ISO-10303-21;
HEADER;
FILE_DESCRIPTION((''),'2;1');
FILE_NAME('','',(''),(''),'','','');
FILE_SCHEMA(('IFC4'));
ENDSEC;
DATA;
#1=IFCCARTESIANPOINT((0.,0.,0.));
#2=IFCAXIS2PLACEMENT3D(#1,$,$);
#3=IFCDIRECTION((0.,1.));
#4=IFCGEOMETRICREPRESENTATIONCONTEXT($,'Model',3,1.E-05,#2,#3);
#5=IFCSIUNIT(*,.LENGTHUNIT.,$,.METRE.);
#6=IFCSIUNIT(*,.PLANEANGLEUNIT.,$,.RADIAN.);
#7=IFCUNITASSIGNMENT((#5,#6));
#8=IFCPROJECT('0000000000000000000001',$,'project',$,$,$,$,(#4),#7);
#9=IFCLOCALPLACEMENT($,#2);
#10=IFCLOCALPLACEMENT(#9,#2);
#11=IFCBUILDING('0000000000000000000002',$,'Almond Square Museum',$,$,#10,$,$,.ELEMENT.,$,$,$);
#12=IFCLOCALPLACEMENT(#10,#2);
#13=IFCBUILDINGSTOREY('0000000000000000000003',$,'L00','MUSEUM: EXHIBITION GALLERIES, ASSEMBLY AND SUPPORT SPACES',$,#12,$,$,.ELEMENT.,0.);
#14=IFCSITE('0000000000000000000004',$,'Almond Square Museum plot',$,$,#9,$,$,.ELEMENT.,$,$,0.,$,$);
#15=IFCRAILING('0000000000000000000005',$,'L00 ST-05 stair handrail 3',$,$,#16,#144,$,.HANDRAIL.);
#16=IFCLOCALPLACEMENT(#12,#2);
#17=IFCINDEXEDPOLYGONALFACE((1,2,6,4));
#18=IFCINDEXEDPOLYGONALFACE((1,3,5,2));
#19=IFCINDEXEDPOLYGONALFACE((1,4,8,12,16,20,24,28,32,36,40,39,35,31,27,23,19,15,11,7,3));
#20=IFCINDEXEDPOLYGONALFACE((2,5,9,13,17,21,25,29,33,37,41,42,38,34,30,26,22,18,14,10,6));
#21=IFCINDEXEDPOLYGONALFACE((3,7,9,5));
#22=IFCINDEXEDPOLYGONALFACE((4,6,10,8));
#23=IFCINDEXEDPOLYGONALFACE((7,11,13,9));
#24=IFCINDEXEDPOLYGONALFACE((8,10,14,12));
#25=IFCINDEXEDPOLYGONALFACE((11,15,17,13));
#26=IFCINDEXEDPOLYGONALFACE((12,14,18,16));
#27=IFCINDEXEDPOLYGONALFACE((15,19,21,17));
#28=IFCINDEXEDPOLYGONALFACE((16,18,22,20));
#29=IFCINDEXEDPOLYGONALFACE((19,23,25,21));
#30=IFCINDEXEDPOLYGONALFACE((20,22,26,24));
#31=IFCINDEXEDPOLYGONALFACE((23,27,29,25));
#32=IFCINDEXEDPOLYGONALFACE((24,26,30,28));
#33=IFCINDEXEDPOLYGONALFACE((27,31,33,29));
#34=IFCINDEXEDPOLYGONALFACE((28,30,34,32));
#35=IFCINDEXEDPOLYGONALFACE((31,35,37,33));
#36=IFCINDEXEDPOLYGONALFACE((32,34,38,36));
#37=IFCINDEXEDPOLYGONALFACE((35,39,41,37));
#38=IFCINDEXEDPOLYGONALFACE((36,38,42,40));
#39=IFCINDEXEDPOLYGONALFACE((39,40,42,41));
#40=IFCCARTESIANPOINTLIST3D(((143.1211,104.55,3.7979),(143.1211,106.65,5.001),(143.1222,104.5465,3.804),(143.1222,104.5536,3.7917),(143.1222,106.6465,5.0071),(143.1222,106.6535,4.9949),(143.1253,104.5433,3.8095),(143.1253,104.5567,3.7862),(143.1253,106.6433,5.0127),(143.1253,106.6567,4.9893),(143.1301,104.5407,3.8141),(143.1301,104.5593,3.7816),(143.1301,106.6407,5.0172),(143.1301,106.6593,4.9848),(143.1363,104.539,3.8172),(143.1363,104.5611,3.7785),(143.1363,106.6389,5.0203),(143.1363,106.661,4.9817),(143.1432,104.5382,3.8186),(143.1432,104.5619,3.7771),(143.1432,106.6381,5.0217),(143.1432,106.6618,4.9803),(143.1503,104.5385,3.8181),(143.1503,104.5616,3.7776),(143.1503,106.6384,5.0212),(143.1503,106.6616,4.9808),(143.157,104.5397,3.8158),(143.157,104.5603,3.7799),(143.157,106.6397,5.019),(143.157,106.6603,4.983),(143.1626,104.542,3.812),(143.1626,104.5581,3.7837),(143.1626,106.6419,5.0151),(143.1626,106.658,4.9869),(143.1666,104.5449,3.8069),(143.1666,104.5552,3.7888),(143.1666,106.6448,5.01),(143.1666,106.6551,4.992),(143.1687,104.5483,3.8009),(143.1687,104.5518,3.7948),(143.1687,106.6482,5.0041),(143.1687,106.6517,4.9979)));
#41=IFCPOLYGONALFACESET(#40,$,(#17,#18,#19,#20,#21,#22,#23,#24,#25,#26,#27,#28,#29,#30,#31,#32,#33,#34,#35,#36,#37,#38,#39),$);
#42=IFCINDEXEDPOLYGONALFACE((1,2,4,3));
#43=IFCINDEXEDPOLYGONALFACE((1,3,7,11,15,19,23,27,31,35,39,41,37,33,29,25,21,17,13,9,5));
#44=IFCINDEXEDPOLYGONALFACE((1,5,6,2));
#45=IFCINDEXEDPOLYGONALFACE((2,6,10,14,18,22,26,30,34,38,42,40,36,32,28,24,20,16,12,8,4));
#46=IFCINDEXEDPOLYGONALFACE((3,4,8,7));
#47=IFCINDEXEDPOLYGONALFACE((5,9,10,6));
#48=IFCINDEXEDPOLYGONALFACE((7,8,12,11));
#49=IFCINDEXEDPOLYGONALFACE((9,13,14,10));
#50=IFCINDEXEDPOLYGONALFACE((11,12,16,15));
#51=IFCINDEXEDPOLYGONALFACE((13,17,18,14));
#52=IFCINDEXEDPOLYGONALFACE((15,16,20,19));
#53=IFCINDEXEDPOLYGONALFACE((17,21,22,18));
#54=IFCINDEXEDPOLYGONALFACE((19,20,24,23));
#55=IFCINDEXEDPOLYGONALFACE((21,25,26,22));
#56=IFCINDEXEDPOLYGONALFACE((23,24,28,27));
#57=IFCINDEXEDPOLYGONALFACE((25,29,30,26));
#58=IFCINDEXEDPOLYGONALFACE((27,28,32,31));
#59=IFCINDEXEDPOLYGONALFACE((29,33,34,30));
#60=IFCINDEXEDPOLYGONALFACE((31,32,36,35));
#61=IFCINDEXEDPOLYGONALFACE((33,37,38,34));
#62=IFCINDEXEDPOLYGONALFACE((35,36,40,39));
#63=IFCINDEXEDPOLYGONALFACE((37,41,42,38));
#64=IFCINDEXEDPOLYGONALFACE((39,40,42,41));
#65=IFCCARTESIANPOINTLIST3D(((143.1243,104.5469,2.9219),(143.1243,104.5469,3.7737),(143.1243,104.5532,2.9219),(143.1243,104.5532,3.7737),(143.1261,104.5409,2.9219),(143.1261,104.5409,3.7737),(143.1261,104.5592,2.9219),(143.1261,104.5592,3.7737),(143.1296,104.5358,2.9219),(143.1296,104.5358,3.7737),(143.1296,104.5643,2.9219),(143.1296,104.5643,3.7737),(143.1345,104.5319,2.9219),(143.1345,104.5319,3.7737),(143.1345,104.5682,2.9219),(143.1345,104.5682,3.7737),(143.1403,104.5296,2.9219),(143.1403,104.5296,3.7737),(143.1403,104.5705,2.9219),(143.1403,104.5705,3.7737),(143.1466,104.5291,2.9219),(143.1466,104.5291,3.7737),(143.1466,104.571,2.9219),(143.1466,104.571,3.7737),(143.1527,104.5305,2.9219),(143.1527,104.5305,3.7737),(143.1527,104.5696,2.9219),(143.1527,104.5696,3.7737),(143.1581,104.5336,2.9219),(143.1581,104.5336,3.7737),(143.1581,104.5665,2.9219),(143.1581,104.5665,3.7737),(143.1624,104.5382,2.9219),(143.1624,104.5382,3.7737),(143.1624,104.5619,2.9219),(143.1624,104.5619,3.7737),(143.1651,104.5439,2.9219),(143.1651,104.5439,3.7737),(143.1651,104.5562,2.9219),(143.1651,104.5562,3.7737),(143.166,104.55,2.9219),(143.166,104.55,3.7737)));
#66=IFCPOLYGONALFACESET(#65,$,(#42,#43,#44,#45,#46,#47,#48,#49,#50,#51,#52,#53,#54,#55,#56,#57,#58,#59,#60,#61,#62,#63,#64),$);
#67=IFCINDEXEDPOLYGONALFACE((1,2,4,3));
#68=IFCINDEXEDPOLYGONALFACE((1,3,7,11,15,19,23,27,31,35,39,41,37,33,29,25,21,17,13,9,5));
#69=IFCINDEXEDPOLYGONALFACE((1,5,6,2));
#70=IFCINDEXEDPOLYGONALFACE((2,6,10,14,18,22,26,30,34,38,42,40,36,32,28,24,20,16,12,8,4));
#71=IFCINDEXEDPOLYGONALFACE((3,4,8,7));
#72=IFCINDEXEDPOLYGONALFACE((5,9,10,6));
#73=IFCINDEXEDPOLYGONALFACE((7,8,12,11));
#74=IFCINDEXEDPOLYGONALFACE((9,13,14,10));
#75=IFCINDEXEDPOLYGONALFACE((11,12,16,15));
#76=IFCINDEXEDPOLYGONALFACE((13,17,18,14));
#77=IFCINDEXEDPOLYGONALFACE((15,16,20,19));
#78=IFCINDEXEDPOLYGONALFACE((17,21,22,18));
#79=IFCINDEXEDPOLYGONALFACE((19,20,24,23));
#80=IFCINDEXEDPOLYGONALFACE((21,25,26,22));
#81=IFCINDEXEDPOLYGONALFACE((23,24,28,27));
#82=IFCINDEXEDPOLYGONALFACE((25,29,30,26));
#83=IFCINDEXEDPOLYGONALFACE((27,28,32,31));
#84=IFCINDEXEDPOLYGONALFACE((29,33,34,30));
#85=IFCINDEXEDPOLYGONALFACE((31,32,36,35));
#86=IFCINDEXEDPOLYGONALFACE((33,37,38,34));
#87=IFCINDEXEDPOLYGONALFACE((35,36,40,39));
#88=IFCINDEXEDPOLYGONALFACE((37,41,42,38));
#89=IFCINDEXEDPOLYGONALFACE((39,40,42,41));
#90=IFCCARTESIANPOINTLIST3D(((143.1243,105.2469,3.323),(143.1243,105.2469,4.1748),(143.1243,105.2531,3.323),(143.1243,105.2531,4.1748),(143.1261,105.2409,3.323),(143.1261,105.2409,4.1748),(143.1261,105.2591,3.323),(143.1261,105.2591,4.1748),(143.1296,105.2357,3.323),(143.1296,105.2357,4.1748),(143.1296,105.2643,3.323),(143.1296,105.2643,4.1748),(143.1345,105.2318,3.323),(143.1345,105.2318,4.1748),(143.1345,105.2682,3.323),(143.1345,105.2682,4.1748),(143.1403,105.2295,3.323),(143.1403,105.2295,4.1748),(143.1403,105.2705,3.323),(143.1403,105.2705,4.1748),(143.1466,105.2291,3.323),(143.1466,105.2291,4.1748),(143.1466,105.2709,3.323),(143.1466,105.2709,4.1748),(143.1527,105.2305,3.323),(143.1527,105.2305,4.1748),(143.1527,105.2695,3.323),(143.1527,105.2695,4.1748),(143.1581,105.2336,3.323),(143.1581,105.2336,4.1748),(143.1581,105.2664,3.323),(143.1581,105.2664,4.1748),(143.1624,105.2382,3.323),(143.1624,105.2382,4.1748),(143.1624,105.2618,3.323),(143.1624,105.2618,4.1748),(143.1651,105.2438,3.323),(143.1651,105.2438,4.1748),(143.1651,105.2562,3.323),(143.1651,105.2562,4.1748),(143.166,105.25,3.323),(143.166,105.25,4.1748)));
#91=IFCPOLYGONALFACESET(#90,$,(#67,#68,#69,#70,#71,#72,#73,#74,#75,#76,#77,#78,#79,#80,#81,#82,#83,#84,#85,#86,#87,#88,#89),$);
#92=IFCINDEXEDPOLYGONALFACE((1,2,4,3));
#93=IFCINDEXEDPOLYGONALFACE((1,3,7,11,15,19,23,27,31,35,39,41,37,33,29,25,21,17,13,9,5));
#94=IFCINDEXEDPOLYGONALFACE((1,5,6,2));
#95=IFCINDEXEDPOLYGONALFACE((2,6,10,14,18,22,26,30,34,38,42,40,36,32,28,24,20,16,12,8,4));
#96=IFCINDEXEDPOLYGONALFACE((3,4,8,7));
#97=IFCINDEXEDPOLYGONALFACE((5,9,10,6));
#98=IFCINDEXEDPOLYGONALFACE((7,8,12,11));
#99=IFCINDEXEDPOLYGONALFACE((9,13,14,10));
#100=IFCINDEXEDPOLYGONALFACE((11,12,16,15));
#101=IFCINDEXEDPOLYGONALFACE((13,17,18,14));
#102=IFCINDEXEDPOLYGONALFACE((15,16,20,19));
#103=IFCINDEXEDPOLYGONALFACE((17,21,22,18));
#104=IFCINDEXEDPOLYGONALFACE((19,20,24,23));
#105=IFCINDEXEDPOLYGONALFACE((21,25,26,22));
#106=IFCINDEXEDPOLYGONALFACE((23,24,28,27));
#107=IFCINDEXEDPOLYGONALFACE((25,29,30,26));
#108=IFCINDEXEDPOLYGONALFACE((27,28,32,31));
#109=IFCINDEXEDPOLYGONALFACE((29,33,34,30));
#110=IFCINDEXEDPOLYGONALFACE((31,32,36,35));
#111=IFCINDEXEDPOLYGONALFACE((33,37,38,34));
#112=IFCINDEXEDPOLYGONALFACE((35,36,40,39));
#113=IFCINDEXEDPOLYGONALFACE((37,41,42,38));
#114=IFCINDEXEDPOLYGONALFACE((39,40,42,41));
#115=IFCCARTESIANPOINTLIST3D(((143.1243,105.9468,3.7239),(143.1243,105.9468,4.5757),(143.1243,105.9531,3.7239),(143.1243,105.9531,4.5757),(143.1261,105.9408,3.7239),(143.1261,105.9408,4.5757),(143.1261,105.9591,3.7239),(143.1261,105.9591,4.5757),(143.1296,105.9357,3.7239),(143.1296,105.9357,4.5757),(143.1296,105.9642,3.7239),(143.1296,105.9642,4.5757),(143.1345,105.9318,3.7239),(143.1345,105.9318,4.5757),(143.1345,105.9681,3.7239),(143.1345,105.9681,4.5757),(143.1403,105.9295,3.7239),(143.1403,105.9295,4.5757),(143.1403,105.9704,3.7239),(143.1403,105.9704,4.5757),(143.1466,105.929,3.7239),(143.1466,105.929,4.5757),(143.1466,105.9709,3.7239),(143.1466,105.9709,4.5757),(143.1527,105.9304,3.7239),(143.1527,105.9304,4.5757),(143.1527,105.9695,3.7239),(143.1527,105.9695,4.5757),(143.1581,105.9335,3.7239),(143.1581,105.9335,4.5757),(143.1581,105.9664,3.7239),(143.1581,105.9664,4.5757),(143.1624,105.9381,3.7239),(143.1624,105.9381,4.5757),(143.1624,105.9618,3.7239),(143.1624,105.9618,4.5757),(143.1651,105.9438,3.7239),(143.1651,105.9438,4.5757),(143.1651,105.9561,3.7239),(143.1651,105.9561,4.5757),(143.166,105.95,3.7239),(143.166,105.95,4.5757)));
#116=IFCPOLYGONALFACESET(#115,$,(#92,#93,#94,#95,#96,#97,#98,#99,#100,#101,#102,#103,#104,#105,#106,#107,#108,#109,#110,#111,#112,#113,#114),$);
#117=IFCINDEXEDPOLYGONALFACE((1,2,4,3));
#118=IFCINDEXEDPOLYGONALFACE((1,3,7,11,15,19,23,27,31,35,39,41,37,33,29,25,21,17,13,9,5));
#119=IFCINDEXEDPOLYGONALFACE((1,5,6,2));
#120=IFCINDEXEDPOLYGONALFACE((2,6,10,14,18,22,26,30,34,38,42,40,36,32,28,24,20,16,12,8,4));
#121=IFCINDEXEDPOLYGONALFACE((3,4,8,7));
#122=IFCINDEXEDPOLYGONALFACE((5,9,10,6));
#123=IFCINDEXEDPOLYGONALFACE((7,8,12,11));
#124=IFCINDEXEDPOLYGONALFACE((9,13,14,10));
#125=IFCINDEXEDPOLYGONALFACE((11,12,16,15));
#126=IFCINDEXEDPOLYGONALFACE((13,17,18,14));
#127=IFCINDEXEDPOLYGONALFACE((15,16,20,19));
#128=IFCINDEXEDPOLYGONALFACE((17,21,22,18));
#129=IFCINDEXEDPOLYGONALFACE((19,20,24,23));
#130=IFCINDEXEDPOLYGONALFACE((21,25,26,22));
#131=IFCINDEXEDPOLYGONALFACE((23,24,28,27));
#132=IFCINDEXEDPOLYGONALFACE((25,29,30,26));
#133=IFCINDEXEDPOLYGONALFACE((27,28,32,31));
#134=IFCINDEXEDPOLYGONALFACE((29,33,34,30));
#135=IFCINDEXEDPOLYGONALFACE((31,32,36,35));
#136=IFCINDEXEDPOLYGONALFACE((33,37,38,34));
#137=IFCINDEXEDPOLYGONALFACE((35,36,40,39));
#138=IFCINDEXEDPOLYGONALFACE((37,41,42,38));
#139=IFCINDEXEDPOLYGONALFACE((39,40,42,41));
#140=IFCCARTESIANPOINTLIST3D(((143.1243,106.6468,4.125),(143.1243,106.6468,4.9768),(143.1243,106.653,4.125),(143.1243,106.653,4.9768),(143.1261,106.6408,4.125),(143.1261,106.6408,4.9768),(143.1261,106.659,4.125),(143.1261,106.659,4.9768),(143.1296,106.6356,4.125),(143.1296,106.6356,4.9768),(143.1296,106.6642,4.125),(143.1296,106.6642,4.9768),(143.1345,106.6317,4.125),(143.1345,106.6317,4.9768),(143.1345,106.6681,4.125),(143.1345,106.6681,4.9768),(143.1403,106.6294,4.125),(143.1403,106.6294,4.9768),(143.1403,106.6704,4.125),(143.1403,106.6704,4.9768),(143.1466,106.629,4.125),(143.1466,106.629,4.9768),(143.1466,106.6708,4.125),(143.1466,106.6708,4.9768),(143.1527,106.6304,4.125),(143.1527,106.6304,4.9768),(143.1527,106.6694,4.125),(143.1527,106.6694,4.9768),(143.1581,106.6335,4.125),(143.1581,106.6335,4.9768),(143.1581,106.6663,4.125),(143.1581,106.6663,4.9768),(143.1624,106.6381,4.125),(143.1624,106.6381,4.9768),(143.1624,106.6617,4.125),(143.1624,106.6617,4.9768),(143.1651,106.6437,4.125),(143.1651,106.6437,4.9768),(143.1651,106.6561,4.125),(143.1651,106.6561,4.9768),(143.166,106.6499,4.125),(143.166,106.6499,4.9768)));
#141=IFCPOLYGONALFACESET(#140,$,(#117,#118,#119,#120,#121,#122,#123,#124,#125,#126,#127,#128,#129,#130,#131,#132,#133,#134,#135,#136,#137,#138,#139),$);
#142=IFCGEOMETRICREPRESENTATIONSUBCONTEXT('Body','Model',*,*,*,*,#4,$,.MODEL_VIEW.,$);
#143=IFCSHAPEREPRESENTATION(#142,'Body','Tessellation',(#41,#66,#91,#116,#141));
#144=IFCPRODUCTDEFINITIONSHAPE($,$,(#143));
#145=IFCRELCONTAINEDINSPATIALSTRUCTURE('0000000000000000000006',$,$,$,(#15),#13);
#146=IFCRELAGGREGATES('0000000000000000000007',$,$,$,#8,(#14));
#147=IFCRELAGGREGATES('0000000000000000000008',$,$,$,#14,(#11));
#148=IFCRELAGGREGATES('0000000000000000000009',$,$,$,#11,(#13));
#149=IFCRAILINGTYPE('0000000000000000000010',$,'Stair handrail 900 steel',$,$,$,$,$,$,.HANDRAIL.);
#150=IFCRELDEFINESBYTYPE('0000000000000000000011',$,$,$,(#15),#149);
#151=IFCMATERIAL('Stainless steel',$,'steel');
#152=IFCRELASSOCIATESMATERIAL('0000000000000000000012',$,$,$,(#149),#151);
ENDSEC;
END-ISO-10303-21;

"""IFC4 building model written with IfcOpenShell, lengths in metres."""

from ifc_helpers import new_model, si_unit, direction, frame, origin, origin_2d, place, context, subcontext, project, spatial, circle, extrude, material, type_object, element, save


model = new_model("IFC4")

# Units and contexts
model_context = context("Model", 3, precision=1e-05, world=origin(), true_north=direction((0.0, 1.0)))
body_context = subcontext(model_context, "Body", "Model", "MODEL_VIEW")
ifc_project = project(units=[si_unit("LENGTHUNIT", "METRE"), si_unit("PLANEANGLEUNIT", "RADIAN")], contexts=[model_context])

# Site, building, storey
site_placement = place(None, origin())
site = spatial("IfcSite", under=ifc_project, at=site_placement, Name="Almond Square Museum plot", CompositionType="ELEMENT", RefElevation=0.0)
building_placement = place(site_placement, origin())
building = spatial("IfcBuilding", under=site, at=building_placement, Name="Almond Square Museum", CompositionType="ELEMENT")
storey_placement = place(building_placement, origin())
storey = spatial("IfcBuildingStorey", under=building, at=storey_placement, Name="L00", Description="MUSEUM: EXHIBITION GALLERIES, ASSEMBLY AND SUPPORT SPACES", CompositionType="ELEMENT", Elevation=0.0)

# Railing
ifc_material_1 = material(Name="Stainless steel", Category="steel")
railing_type_1 = type_object("IfcRailingType", Name="Stair handrail 900 steel", PredefinedType="HANDRAIL", material=ifc_material_1)
for number, where, name in (
    (1, (143.145, 104.55, 2.9219), "L00 ST-05 stair handrail 3"),
):
    element("IfcRailing", number, at=place(storey_placement, frame(where)), inside=storey, type_object=railing_type_1, Name=name, PredefinedType="HANDRAIL", context=body_context, shape_type="SweptSolid", body=[
        extrude(circle(Radius=0.0239, at=origin_2d()), frame((0.0, 0.0, 0.876), z_axis=(0.0, 0.867671, 0.497138), x_axis=(-1.0, 0.0, 0.0)), (0.0, 0.0, 1.0), 2.4202),
        extrude(circle(Radius=0.021, at=origin_2d()), origin(), (0.0, 0.0, 1.0), 0.8518),
        extrude(circle(Radius=0.021, at=origin_2d()), frame((0.0, 0.7, 0.4011)), (0.0, 0.0, 1.0), 0.8518),
        extrude(circle(Radius=0.021, at=origin_2d()), frame((0.0, 1.3999, 0.802)), (0.0, 0.0, 1.0), 0.8518),
        extrude(circle(Radius=0.021, at=origin_2d()), frame((0.0, 2.0999, 1.2031)), (0.0, 0.0, 1.0), 0.8518),
    ])

save(model, "model.ifc")
